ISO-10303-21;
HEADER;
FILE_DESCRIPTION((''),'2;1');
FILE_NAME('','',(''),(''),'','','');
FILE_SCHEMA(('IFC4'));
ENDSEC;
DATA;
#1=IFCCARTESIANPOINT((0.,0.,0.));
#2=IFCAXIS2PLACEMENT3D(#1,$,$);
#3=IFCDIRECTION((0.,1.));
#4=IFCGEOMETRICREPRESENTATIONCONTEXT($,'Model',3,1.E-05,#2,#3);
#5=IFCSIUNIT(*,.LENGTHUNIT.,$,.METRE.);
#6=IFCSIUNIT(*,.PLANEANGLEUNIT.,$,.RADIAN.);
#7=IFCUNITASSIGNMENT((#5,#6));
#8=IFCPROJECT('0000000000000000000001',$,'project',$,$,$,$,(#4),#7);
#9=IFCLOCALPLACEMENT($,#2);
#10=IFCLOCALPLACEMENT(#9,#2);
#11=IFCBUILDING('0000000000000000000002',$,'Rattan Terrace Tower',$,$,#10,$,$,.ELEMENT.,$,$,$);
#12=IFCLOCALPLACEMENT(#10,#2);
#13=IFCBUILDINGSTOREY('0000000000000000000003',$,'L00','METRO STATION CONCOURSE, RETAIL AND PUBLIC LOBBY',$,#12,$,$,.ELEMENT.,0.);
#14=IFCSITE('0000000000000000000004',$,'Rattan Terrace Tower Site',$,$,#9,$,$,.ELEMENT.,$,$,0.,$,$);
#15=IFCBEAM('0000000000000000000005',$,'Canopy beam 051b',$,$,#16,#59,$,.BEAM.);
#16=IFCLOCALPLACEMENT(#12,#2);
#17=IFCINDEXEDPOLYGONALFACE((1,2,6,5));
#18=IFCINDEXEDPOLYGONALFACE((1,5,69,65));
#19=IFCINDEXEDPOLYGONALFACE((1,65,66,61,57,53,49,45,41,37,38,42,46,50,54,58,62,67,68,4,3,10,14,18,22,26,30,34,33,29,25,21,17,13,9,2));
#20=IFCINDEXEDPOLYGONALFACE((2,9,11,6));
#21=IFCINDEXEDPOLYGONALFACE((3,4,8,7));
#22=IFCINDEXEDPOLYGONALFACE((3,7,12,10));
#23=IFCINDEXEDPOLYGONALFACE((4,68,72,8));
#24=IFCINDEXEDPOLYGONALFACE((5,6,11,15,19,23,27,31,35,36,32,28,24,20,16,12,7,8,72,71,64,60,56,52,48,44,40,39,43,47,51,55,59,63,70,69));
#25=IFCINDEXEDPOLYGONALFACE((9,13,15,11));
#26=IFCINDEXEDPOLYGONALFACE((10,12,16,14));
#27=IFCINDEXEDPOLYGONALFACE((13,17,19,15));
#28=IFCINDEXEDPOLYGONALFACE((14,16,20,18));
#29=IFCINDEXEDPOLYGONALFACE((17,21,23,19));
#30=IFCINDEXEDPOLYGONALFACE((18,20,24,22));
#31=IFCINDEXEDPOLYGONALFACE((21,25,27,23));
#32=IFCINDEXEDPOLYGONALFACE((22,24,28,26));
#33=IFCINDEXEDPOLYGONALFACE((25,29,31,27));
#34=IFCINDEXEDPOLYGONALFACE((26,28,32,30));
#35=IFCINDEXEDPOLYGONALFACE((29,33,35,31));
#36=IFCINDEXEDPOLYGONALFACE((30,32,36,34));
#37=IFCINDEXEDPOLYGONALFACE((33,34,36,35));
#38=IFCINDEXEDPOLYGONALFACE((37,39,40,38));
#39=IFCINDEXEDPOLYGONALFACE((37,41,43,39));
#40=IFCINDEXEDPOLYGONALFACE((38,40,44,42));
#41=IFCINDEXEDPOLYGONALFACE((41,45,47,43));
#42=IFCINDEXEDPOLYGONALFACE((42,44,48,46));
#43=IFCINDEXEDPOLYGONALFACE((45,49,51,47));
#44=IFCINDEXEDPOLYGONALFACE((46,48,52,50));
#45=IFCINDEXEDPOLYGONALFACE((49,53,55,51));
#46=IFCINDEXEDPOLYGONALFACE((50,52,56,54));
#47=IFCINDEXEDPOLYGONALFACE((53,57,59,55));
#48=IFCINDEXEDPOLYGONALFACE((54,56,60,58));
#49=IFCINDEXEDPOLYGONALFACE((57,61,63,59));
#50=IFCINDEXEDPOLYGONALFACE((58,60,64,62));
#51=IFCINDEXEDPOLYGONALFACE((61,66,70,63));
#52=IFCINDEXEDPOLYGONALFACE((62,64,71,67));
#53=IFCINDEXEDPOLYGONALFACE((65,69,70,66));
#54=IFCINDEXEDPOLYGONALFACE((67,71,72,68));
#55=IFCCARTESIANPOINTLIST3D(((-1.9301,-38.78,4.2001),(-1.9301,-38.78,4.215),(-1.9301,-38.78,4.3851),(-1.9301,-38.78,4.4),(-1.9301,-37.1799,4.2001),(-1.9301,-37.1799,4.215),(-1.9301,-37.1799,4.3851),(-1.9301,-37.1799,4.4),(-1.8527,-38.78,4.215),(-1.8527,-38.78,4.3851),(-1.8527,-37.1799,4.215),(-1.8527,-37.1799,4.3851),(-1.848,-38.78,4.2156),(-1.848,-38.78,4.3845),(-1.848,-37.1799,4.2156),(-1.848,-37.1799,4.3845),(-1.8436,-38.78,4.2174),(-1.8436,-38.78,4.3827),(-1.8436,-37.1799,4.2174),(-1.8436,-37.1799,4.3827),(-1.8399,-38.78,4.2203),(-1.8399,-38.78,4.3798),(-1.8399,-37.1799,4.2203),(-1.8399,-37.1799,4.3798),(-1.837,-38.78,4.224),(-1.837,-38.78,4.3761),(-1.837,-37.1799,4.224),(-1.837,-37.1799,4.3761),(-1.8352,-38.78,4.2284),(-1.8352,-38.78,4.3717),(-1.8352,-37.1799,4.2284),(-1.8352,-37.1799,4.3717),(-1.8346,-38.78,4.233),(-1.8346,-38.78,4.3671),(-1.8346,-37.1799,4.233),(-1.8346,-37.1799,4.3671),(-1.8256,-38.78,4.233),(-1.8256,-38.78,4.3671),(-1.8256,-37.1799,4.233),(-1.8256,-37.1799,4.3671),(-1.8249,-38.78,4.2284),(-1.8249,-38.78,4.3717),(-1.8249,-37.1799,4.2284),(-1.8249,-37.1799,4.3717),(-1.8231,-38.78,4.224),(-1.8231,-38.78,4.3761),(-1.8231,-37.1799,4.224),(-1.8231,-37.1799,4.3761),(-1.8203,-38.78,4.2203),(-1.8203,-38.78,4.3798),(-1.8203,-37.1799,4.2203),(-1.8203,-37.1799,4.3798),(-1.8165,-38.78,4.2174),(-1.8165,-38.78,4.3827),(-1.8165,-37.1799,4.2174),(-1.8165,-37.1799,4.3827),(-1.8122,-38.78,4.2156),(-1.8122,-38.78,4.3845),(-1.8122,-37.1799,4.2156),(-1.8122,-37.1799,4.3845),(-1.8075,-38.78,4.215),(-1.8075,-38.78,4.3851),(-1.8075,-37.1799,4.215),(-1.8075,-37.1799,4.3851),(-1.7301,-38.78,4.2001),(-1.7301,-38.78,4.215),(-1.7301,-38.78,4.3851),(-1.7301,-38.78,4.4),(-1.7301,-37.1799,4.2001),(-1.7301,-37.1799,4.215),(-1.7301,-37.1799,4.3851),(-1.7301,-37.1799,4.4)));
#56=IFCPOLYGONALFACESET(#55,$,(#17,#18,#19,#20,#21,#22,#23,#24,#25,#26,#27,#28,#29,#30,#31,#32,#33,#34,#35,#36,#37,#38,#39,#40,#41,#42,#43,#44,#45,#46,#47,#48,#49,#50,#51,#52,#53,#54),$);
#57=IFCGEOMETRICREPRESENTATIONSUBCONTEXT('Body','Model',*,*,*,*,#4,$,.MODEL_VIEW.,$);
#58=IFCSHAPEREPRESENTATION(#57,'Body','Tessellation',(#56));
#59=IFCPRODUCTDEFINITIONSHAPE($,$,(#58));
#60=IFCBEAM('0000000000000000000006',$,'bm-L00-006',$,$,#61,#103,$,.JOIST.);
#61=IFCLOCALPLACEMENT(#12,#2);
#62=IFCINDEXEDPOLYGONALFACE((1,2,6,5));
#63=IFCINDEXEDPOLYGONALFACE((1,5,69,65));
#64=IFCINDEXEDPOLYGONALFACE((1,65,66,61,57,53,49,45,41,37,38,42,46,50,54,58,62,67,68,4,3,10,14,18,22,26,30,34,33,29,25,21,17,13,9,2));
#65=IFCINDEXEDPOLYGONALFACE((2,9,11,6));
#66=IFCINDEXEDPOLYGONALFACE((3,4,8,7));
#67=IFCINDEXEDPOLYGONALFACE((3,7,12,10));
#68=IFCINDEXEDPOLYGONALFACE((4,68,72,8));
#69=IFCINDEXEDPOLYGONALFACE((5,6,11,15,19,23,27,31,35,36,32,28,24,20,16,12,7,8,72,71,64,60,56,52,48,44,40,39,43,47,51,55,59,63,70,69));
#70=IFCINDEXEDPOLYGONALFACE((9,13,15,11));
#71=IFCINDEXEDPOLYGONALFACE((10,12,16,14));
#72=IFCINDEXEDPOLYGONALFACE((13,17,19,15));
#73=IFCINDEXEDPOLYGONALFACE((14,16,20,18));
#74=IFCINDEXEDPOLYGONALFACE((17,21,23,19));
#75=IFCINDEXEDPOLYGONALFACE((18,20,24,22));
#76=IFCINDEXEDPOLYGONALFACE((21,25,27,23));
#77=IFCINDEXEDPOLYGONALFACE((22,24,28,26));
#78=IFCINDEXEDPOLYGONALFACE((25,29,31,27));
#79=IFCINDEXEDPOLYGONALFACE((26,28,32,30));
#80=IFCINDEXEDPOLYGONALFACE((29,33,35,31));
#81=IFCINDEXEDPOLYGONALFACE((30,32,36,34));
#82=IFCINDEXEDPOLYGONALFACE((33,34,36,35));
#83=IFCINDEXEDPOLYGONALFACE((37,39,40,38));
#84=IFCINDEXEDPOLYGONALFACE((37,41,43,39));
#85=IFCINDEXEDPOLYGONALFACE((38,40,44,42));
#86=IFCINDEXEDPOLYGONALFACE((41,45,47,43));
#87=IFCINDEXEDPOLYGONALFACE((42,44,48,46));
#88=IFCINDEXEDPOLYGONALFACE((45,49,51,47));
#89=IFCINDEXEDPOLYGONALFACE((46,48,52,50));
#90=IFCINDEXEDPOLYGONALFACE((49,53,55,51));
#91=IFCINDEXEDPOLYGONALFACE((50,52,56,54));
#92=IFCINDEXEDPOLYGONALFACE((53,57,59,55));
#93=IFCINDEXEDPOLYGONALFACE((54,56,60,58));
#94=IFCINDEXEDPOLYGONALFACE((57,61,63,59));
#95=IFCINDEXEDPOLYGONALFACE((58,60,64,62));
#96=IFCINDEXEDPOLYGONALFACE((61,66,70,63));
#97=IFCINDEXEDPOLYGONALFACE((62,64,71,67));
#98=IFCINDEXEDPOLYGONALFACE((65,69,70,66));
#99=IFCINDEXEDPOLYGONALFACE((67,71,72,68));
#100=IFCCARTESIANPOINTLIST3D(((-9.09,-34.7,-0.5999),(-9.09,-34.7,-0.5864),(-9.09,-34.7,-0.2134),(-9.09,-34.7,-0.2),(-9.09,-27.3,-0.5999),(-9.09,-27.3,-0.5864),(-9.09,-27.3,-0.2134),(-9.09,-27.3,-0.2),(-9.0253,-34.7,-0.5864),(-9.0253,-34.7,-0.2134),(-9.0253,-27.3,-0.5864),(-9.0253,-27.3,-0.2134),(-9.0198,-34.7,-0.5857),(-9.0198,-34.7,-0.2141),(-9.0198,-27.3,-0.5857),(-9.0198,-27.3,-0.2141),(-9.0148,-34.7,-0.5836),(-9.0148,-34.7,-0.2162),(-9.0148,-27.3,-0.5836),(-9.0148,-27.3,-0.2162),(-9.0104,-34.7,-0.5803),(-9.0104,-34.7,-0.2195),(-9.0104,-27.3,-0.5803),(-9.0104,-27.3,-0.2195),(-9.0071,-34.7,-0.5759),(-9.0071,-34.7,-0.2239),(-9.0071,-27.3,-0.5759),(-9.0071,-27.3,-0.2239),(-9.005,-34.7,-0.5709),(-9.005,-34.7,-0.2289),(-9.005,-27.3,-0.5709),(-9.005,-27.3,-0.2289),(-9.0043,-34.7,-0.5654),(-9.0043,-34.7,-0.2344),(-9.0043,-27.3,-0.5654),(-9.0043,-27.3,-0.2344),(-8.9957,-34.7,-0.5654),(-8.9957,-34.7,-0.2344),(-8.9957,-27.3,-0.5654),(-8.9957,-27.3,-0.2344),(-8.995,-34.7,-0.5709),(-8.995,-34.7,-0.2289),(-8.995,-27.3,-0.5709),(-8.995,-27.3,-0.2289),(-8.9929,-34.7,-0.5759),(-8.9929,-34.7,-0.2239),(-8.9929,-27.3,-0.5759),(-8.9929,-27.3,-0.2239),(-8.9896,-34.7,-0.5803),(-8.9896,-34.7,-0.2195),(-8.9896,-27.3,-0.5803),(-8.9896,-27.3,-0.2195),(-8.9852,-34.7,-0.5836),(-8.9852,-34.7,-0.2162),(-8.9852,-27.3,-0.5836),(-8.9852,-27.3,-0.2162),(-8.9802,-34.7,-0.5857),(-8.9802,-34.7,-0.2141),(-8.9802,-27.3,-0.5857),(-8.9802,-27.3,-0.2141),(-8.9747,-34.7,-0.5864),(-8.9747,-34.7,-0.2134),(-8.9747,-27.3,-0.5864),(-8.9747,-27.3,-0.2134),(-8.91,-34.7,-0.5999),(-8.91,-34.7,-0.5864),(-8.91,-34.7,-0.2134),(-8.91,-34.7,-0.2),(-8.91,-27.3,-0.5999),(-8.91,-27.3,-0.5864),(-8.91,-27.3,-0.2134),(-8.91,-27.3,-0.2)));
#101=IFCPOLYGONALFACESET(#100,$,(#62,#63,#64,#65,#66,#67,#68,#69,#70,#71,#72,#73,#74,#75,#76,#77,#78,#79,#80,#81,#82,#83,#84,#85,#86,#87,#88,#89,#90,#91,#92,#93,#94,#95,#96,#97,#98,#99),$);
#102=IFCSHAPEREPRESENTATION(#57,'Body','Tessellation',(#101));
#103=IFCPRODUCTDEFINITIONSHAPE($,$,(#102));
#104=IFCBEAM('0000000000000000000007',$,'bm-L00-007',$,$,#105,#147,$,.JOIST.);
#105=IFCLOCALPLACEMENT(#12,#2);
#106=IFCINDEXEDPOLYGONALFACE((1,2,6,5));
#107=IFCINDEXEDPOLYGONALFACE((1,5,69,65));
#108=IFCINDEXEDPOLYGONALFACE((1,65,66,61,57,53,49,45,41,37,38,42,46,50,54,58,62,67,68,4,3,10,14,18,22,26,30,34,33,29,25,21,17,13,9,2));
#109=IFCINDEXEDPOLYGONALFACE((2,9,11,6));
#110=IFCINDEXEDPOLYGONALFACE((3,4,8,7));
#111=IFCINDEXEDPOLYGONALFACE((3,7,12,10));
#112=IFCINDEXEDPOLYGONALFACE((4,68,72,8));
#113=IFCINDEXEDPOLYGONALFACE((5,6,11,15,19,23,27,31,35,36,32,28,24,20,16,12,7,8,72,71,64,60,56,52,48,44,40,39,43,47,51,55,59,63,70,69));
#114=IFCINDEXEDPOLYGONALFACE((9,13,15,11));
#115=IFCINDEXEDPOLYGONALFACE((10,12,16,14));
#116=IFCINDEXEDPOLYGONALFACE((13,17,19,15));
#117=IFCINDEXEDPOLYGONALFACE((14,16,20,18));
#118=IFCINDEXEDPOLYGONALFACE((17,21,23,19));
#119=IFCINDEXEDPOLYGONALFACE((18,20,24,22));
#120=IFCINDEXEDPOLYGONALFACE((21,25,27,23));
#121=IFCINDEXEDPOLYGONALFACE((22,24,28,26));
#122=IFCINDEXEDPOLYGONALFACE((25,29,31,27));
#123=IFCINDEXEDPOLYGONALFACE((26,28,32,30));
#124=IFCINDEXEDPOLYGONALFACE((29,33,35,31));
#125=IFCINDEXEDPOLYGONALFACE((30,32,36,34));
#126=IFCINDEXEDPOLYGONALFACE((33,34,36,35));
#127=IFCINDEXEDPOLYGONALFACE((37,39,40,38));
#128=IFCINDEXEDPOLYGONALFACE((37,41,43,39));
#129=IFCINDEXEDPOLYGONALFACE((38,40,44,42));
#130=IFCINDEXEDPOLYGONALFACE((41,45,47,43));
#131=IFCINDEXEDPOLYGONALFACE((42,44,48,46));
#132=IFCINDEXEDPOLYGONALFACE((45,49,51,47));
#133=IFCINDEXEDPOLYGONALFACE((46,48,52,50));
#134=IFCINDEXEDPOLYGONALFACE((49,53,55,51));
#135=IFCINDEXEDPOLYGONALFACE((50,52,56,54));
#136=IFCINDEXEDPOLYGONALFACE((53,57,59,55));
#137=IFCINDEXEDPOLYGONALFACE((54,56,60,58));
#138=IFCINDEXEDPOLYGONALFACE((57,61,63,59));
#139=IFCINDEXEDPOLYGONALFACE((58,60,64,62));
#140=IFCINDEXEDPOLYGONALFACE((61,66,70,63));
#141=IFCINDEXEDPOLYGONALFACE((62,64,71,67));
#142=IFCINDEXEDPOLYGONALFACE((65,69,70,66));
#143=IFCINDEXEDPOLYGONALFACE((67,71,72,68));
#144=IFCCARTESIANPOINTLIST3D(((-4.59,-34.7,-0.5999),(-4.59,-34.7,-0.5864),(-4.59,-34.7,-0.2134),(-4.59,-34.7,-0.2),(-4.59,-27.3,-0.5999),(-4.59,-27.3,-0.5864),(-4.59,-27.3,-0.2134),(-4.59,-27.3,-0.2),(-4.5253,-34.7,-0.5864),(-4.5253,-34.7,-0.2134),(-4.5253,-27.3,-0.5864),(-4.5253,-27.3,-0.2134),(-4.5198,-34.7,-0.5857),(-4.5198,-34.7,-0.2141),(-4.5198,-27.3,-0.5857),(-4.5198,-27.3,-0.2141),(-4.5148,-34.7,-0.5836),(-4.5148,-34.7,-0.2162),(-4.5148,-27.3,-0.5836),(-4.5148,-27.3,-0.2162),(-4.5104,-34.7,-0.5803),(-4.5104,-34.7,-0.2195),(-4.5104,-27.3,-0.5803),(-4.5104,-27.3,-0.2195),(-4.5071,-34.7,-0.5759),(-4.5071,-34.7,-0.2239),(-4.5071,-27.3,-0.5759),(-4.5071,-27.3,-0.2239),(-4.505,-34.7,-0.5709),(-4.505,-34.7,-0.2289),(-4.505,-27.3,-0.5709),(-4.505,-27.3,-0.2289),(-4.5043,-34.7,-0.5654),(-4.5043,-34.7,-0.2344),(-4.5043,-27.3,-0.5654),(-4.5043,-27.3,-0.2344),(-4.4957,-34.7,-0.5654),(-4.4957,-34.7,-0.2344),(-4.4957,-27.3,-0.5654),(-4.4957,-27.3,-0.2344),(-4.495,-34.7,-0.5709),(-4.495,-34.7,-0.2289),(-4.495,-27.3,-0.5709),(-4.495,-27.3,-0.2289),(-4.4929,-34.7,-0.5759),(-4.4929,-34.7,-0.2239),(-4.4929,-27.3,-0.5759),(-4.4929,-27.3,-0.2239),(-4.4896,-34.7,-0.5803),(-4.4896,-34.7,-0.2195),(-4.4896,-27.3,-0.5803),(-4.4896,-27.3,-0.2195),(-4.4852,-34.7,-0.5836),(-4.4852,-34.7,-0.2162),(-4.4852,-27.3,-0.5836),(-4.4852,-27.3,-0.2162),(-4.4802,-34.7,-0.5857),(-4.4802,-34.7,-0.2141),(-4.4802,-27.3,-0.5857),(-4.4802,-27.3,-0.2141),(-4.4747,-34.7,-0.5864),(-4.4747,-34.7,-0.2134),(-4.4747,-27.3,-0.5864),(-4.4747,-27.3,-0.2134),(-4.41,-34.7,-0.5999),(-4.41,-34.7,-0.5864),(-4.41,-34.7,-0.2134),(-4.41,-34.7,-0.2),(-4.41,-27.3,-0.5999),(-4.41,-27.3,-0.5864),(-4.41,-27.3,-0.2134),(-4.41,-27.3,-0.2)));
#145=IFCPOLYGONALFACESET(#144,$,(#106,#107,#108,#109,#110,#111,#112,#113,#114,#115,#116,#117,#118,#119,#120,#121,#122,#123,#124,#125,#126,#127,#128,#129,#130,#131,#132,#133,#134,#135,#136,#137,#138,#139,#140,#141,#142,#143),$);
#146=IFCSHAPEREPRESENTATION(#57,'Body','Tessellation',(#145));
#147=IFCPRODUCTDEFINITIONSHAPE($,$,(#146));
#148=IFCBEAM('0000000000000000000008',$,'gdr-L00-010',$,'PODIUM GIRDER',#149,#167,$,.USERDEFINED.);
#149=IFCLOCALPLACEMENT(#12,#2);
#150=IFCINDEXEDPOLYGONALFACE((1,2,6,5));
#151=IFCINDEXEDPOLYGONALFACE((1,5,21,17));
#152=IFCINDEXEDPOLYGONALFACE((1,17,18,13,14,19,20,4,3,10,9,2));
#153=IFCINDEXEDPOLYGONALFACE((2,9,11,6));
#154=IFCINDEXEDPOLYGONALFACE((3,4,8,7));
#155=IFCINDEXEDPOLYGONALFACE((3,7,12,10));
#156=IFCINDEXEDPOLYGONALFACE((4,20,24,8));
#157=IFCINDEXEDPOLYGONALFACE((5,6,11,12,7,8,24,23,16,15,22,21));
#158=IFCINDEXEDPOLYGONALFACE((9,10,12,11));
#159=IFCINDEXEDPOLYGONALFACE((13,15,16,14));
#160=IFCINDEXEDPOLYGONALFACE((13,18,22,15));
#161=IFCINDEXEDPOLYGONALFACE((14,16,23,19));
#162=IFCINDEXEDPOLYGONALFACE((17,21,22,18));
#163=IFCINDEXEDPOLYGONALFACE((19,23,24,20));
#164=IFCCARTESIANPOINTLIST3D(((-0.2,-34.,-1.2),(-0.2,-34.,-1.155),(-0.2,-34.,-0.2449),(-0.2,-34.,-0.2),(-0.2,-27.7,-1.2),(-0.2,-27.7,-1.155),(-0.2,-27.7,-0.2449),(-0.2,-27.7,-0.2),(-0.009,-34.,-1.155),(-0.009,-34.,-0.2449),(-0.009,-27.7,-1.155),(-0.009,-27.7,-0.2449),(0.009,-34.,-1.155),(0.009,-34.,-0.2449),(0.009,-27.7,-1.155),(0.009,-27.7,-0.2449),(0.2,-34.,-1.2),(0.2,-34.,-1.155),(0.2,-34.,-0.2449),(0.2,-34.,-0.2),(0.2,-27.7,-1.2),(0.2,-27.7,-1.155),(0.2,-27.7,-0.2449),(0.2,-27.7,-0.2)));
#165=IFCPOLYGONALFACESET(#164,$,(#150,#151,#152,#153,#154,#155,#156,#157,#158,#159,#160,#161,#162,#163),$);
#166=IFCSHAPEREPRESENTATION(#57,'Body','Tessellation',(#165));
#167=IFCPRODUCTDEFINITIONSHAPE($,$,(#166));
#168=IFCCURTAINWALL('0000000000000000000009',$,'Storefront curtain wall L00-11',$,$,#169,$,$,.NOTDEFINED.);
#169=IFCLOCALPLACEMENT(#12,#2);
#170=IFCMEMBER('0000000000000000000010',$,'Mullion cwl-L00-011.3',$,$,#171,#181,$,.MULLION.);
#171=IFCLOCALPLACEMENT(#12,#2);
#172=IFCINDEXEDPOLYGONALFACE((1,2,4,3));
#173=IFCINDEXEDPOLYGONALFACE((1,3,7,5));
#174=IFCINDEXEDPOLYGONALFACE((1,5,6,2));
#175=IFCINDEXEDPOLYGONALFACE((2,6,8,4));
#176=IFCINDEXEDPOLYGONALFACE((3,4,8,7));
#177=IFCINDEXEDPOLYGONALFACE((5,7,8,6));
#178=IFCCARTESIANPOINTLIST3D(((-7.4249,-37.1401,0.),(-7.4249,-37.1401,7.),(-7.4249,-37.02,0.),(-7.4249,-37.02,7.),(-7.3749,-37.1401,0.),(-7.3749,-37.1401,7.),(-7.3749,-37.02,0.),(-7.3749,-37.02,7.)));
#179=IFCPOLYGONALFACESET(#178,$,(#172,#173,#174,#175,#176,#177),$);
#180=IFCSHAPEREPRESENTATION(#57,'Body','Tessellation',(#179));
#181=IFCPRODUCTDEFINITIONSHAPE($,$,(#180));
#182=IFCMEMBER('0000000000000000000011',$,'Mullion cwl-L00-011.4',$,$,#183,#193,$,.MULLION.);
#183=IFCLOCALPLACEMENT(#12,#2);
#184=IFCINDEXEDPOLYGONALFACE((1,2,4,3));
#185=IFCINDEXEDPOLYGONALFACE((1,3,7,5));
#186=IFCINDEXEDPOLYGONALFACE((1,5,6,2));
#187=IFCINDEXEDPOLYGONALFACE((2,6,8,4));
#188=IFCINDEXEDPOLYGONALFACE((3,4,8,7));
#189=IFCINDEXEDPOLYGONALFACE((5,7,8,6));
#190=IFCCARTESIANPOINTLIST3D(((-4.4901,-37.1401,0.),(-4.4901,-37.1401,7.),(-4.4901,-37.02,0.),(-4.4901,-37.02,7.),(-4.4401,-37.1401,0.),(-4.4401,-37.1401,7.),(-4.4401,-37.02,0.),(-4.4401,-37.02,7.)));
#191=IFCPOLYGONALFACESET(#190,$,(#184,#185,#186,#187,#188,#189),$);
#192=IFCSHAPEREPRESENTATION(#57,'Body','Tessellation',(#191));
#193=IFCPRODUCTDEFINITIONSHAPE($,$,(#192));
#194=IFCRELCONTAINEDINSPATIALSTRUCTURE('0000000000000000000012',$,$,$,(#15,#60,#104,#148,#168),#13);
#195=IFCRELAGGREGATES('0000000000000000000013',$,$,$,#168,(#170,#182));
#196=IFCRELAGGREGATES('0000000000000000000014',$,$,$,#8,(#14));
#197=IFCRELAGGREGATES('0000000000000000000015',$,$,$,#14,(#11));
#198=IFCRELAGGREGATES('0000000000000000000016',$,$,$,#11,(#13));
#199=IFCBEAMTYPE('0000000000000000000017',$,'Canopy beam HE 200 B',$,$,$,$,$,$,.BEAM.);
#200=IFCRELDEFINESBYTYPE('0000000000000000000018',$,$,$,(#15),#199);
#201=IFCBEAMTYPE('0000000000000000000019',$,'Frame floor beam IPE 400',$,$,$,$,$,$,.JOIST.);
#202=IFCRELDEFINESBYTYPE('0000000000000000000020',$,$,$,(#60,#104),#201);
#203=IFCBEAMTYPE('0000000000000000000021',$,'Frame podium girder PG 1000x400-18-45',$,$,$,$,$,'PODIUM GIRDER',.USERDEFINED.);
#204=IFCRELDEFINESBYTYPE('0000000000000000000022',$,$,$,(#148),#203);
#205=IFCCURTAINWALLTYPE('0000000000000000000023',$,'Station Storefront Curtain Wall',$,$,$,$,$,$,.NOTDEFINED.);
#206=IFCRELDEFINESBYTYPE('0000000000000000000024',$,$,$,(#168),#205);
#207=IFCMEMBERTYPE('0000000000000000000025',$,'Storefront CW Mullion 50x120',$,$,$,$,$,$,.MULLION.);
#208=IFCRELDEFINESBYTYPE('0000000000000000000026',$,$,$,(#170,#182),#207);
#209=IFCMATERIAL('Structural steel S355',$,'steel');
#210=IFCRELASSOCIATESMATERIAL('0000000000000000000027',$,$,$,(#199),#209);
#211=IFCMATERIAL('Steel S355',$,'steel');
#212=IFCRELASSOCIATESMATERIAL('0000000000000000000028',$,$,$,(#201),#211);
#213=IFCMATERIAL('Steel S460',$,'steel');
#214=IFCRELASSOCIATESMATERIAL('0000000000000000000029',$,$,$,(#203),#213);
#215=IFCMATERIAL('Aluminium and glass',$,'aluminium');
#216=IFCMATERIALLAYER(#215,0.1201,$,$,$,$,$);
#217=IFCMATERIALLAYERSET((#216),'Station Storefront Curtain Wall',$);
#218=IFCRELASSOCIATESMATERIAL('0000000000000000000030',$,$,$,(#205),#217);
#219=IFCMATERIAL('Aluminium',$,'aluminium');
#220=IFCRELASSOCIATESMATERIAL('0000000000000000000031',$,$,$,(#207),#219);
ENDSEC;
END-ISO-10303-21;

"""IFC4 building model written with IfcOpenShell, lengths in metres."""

from ifc_helpers import new_model, si_unit, direction, frame, origin, origin_2d, place, context, subcontext, project, spatial, rectangle, i_section, extrude, material, layer, layer_set, material_profile, profile_set, type_object, element, aggregate, save


model = new_model("IFC4")

# Units and contexts
model_context = context("Model", 3, precision=1e-05, world=origin(), true_north=direction((0.0, 1.0)))
body_context = subcontext(model_context, "Body", "Model", "MODEL_VIEW")
ifc_project = project(units=[si_unit("LENGTHUNIT", "METRE"), si_unit("PLANEANGLEUNIT", "RADIAN")], contexts=[model_context])

# Site, building, storey
site_placement = place(None, origin())
site = spatial("IfcSite", under=ifc_project, at=site_placement, Name="Rattan Terrace Tower Site", CompositionType="ELEMENT", RefElevation=0.0)
building_placement = place(site_placement, origin())
building = spatial("IfcBuilding", under=site, at=building_placement, Name="Rattan Terrace Tower", CompositionType="ELEMENT")
storey_placement = place(building_placement, origin())
storey = spatial("IfcBuildingStorey", under=building, at=storey_placement, Name="L00", Description="METRO STATION CONCOURSE, RETAIL AND PUBLIC LOBBY", CompositionType="ELEMENT", Elevation=0.0)

# Beams
ifc_material_1 = material(Name="Structural steel S355", Category="steel")
ifc_material_profile_1 = material_profile(ifc_material_1, i_section(OverallWidth=0.2, OverallDepth=0.2, WebThickness=0.009, FlangeThickness=0.0149, FilletRadius=0.0181, at=origin_2d()), Name="HE 200 B")
ifc_profile_set_1 = profile_set([ifc_material_profile_1], Name="Structural steel S355")
beam_type_1 = type_object("IfcBeamType", Name="Canopy beam HE 200 B", PredefinedType="BEAM", material=ifc_profile_set_1)
for number, where, z_axis, x_axis, name in (
    (1, (-1.8301, -37.1799, 4.3), (0.0, -1.0, 0.0), (1.0, 0.0, 0.0), "Canopy beam 051b"),
):
    element("IfcBeam", number, at=place(storey_placement, frame(where, z_axis=z_axis, x_axis=x_axis)), inside=storey, type_object=beam_type_1, Name=name, PredefinedType="BEAM", context=body_context, shape_type="SweptSolid", body=[
        extrude(i_section(OverallWidth=0.2, OverallDepth=0.2, WebThickness=0.009, FlangeThickness=0.0149, FilletRadius=0.0181, at=origin_2d()), origin(), (0.0, 0.0, 1.0), 1.6001),
    ])
ifc_material_2 = material(Name="Steel S355", Category="steel")
ifc_material_profile_2 = material_profile(ifc_material_2, i_section(OverallWidth=0.1799, OverallDepth=0.3999, WebThickness=0.0085, FlangeThickness=0.0134, FilletRadius=0.021, at=origin_2d()), Name="IPE 400")
ifc_profile_set_2 = profile_set([ifc_material_profile_2], Name="Steel S355")
beam_type_2 = type_object("IfcBeamType", Name="Frame floor beam IPE 400", PredefinedType="JOIST", material=ifc_profile_set_2)
for number, where, z_axis, x_axis, name in (
    (2, (-9.0, -34.7, -0.3999), (0.0, 1.0, 0.0), (-1.0, 0.0, 0.0), "bm-L00-006"),
    (3, (-4.5, -34.7, -0.3999), (0.0, 1.0, 0.0), (-1.0, 0.0, 0.0), "bm-L00-007"),
):
    element("IfcBeam", number, at=place(storey_placement, frame(where, z_axis=z_axis, x_axis=x_axis)), inside=storey, type_object=beam_type_2, Name=name, PredefinedType="JOIST", context=body_context, shape_type="SweptSolid", body=[
        extrude(i_section(OverallWidth=0.1799, OverallDepth=0.3999, WebThickness=0.0085, FlangeThickness=0.0134, FilletRadius=0.021, at=origin_2d()), origin(), (0.0, 0.0, 1.0), 7.3999),
    ])
ifc_material_3 = material(Name="Steel S460", Category="steel")
ifc_material_profile_3 = material_profile(ifc_material_3, i_section(OverallWidth=0.3999, OverallDepth=1.0, WebThickness=0.0181, FlangeThickness=0.0449, at=origin_2d()), Name="PG 1000x400-18-45")
ifc_profile_set_3 = profile_set([ifc_material_profile_3], Name="Steel S460")
beam_type_3 = type_object("IfcBeamType", Name="Frame podium girder PG 1000x400-18-45", ElementType="PODIUM GIRDER", PredefinedType="USERDEFINED", material=ifc_profile_set_3)
beam_placement = place(storey_placement, frame((0.0, -34.0, -0.7), z_axis=(0.0, 1.0, 0.0), x_axis=(-1.0, 0.0, 0.0)))
element("IfcBeam", 4, at=beam_placement, inside=storey, type_object=beam_type_3, Name="gdr-L00-010", ObjectType="PODIUM GIRDER", PredefinedType="USERDEFINED", context=body_context, shape_type="SweptSolid", body=[
    extrude(i_section(OverallWidth=0.3999, OverallDepth=1.0, WebThickness=0.0181, FlangeThickness=0.0449, at=origin_2d()), origin(), (0.0, 0.0, 1.0), 6.3),
])

# Curtain wall, members
ifc_material_4 = material(Name="Aluminium and glass", Category="aluminium")
ifc_layer_1 = layer(ifc_material_4, 0.1201)
ifc_layer_set_1 = layer_set([ifc_layer_1], Name="Station Storefront Curtain Wall")
curtain_wall_type = type_object("IfcCurtainWallType", Name="Station Storefront Curtain Wall", PredefinedType="NOTDEFINED", material=ifc_layer_set_1)
curtain_wall_1_placement = place(storey_placement, origin())
curtain_wall_1 = element("IfcCurtainWall", 5, at=curtain_wall_1_placement, inside=storey, type_object=curtain_wall_type, Name="Storefront curtain wall L00-11", PredefinedType="NOTDEFINED")
ifc_material_5 = material(Name="Aluminium", Category="aluminium")
ifc_material_profile_4 = material_profile(ifc_material_5, rectangle(XDim=0.05, YDim=0.1201, at=origin_2d()), Name="Aluminium 50x120")
ifc_profile_set_4 = profile_set([ifc_material_profile_4], Name="Aluminium")
member_type_1 = type_object("IfcMemberType", Name="Storefront CW Mullion 50x120", PredefinedType="MULLION", material=ifc_profile_set_4)
member_1_placement = place(storey_placement, frame((-7.3999, -37.0801, 0.0), z_axis=(0.0, 0.0, 1.0), x_axis=(1.0, 0.0, 0.0)))
member_1 = element("IfcMember", 6, at=member_1_placement, type_object=member_type_1, Name="Mullion cwl-L00-011.3", PredefinedType="MULLION", context=body_context, shape_type="SweptSolid", body=[
    extrude(rectangle(XDim=0.05, YDim=0.1201, at=origin_2d()), origin(), (0.0, 0.0, 1.0), 7.0),
])
member_2_placement = place(storey_placement, frame((-4.4651, -37.0801, 0.0), z_axis=(0.0, 0.0, 1.0), x_axis=(1.0, 0.0, 0.0)))
member_2 = element("IfcMember", 7, at=member_2_placement, type_object=member_type_1, Name="Mullion cwl-L00-011.4", PredefinedType="MULLION", context=body_context, shape_type="SweptSolid", body=[
    extrude(rectangle(XDim=0.05, YDim=0.1201, at=origin_2d()), origin(), (0.0, 0.0, 1.0), 7.0),
])

aggregate(curtain_wall_1, [member_1, member_2])

save(model, "model.ifc")
